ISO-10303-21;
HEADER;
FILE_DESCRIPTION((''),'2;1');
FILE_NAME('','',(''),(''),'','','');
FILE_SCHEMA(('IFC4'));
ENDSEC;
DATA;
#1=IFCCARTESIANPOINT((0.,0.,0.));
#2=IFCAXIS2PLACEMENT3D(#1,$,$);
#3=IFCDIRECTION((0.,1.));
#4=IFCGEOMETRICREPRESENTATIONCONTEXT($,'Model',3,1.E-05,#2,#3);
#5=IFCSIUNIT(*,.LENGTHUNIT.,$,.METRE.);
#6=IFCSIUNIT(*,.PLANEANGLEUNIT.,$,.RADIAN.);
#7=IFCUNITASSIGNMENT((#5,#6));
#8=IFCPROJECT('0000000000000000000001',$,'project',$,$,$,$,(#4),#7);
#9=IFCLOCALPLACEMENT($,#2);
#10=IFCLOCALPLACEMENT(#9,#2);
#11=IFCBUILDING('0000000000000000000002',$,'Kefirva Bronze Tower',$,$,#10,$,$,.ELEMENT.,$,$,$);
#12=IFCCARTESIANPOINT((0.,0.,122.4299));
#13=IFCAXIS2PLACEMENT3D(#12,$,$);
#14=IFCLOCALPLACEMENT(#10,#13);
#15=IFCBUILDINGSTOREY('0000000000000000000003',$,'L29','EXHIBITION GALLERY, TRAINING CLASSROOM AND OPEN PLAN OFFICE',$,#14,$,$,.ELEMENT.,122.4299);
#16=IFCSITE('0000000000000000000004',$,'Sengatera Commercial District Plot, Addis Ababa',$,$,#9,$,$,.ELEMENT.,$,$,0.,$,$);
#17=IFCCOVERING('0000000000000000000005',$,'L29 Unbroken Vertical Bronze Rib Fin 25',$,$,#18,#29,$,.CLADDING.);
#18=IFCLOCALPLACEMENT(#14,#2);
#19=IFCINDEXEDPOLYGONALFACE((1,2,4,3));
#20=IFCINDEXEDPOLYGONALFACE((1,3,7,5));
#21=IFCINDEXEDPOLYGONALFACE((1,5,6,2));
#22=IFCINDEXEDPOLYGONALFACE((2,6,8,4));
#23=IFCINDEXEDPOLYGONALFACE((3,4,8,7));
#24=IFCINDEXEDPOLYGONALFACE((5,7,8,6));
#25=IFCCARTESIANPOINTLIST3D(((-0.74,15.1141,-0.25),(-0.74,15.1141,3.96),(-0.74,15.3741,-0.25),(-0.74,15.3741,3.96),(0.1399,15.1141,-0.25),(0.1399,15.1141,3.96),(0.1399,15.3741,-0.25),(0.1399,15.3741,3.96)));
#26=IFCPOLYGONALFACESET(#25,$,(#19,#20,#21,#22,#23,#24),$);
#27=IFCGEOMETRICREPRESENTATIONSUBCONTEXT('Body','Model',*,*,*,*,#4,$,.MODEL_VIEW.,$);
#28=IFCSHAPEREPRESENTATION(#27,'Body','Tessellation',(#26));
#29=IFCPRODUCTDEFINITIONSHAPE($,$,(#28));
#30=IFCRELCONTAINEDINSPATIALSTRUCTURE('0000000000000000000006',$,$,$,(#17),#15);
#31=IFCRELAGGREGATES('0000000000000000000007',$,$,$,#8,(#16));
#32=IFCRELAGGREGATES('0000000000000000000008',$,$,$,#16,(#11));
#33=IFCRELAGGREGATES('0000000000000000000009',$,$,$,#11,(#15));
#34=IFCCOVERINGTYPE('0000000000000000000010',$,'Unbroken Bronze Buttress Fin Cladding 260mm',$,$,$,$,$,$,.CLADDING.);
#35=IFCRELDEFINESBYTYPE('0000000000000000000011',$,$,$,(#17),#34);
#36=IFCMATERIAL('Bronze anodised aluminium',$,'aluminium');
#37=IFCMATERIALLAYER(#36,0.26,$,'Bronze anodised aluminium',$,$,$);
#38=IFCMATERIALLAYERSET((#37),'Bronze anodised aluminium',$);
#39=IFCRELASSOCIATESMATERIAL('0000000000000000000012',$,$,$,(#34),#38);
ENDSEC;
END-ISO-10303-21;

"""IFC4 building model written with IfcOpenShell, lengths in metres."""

from ifc_helpers import new_model, si_unit, direction, frame, origin, origin_2d, place, context, subcontext, project, spatial, rectangle, extrude, material, layer, layer_set, type_object, element, save


model = new_model("IFC4")

# Units and contexts
model_context = context("Model", 3, precision=1e-05, world=origin(), true_north=direction((0.0, 1.0)))
body_context = subcontext(model_context, "Body", "Model", "MODEL_VIEW")
ifc_project = project(units=[si_unit("LENGTHUNIT", "METRE"), si_unit("PLANEANGLEUNIT", "RADIAN")], contexts=[model_context])

# Site, building, storey
site_placement = place(None, origin())
site = spatial("IfcSite", under=ifc_project, at=site_placement, Name="Sengatera Commercial District Plot, Addis Ababa", CompositionType="ELEMENT", RefElevation=0.0)
building_placement = place(site_placement, origin())
building = spatial("IfcBuilding", under=site, at=building_placement, Name="Kefirva Bronze Tower", CompositionType="ELEMENT")
storey_placement = place(building_placement, frame((0.0, 0.0, 122.4299)))
storey = spatial("IfcBuildingStorey", under=building, at=storey_placement, Name="L29", Description="EXHIBITION GALLERY, TRAINING CLASSROOM AND OPEN PLAN OFFICE", CompositionType="ELEMENT", Elevation=122.4299)

# Shared definitions
ifc_material_1 = material(Name="Bronze anodised aluminium", Category="aluminium")

# Covering
ifc_layer_1 = layer(ifc_material_1, 0.26, Name="Bronze anodised aluminium")
ifc_layer_set_1 = layer_set([ifc_layer_1], Name="Bronze anodised aluminium")
covering_type_1 = type_object("IfcCoveringType", Name="Unbroken Bronze Buttress Fin Cladding 260mm", PredefinedType="CLADDING", material=ifc_layer_set_1)
covering_1_placement = place(storey_placement, frame((-0.3, 15.2441, -0.25), z_axis=(0.0, 0.0, 1.0), x_axis=(0.0, -1.0, 0.0)))
element("IfcCovering", 1, at=covering_1_placement, inside=storey, type_object=covering_type_1, Name="L29 Unbroken Vertical Bronze Rib Fin 25", PredefinedType="CLADDING", context=body_context, shape_type="SweptSolid", body=[
    extrude(rectangle(XDim=0.26, YDim=0.8799, at=origin_2d()), origin(), (0.0, 0.0, 1.0), 4.21),
])

save(model, "model.ifc")
